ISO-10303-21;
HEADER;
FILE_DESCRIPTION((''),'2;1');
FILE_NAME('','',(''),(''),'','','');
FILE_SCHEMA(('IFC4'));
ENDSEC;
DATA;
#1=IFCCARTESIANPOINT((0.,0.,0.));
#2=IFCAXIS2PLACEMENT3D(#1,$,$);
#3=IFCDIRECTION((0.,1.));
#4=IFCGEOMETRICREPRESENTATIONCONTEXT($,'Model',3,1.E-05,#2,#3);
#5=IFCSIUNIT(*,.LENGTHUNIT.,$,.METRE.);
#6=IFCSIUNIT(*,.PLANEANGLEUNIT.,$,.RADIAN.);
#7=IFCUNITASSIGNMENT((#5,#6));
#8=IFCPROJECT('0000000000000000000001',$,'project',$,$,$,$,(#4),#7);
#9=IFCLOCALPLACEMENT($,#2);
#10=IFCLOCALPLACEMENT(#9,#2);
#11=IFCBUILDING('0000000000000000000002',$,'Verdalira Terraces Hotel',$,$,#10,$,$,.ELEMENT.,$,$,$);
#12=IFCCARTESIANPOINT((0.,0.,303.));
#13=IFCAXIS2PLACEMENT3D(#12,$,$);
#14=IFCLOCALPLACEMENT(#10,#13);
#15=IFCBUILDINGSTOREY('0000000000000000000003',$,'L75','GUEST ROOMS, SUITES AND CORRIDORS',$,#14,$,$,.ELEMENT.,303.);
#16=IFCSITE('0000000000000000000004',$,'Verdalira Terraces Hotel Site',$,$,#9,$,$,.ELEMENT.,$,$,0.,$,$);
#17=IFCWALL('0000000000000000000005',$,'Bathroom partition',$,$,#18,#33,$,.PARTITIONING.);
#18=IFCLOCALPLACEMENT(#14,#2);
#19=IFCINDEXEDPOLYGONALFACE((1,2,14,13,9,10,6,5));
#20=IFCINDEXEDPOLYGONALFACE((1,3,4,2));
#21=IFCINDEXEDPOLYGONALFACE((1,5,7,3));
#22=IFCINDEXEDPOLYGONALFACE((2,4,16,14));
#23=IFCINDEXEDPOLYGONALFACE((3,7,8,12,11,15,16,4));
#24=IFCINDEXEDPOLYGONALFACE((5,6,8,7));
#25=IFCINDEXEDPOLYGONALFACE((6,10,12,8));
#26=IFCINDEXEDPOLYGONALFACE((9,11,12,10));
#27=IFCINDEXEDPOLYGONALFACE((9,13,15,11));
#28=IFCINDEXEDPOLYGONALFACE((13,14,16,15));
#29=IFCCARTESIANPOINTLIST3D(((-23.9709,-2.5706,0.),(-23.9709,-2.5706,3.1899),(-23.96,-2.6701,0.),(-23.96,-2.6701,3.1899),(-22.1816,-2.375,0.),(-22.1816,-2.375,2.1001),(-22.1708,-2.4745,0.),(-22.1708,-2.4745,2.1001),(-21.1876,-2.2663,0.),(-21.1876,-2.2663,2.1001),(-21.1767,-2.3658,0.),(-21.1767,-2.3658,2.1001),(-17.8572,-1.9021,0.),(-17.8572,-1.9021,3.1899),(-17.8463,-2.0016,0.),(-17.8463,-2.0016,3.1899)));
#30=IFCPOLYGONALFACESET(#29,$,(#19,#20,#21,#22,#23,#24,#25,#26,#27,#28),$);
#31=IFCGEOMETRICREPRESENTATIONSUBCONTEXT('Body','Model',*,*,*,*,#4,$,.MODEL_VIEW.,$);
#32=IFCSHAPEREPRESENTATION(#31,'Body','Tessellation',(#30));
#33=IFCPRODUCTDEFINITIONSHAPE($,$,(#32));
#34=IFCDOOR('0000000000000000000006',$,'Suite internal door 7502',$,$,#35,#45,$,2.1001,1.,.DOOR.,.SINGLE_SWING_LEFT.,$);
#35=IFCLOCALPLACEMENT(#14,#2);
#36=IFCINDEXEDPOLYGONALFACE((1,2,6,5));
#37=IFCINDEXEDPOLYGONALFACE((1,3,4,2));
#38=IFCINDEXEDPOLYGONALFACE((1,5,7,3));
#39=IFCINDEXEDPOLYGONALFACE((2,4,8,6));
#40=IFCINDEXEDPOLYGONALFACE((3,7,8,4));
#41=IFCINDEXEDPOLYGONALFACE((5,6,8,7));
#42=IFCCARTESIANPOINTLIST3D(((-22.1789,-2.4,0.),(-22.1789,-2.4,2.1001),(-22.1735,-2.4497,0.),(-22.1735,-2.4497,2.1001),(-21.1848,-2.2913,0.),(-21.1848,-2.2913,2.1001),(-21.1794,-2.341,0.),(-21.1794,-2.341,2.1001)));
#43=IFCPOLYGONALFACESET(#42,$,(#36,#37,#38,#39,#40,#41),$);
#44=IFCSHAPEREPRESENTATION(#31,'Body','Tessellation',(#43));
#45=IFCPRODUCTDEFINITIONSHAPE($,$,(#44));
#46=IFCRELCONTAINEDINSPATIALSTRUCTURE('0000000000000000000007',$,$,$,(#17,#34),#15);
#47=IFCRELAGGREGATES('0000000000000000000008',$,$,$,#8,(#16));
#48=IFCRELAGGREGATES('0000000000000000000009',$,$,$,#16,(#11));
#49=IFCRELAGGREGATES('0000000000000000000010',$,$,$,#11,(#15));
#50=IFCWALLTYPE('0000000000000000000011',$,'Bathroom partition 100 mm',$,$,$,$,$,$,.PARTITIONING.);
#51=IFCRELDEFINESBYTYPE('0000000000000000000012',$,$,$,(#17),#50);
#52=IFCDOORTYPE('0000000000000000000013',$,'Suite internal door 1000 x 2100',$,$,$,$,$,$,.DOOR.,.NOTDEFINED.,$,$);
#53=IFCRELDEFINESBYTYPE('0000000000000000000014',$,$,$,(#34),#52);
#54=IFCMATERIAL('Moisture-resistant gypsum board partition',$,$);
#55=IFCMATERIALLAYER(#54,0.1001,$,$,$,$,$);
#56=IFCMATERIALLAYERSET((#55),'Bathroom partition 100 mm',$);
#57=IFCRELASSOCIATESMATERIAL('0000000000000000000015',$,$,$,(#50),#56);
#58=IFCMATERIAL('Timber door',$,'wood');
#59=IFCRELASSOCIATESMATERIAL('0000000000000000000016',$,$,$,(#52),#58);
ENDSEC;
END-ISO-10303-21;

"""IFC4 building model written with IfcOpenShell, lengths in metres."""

from ifc_helpers import new_model, si_unit, direction, frame, frame_2d, origin, place, context, subcontext, project, spatial, rectangle, extrude, material, layer, layer_set, type_object, element, fill, save


model = new_model("IFC4")

# Units and contexts
model_context = context("Model", 3, precision=1e-05, world=origin(), true_north=direction((0.0, 1.0)))
body_context = subcontext(model_context, "Body", "Model", "MODEL_VIEW")
ifc_project = project(units=[si_unit("LENGTHUNIT", "METRE"), si_unit("PLANEANGLEUNIT", "RADIAN")], contexts=[model_context])

# Site, building, storey
site_placement = place(None, origin())
site = spatial("IfcSite", under=ifc_project, at=site_placement, Name="Verdalira Terraces Hotel Site", CompositionType="ELEMENT", RefElevation=0.0)
building_placement = place(site_placement, origin())
building = spatial("IfcBuilding", under=site, at=building_placement, Name="Verdalira Terraces Hotel", CompositionType="ELEMENT")
storey_placement = place(building_placement, frame((0.0, 0.0, 303.0)))
storey = spatial("IfcBuildingStorey", under=building, at=storey_placement, Name="L75", Description="GUEST ROOMS, SUITES AND CORRIDORS", CompositionType="ELEMENT", Elevation=303.0)

# Wall, opening, door
ifc_material_1 = material(Name="Moisture-resistant gypsum board partition")
ifc_layer_1 = layer(ifc_material_1, 0.1001)
ifc_layer_set_1 = layer_set([ifc_layer_1], Name="Bathroom partition 100 mm")
wall_type_1 = type_object("IfcWallType", Name="Bathroom partition 100 mm", PredefinedType="PARTITIONING", material=ifc_layer_set_1)
wall_1_placement = place(storey_placement, frame((-23.9656, -2.6204, 0.0), z_axis=(0.0, 0.0, 1.0), x_axis=(0.994076, 0.108689, 0.0)))
wall_1 = element("IfcWall", 1, at=wall_1_placement, inside=storey, type_object=wall_type_1, Name="Bathroom partition", PredefinedType="PARTITIONING", context=body_context, shape_type="SweptSolid", body=[
    extrude(rectangle(XDim=6.1501, YDim=0.1001, at=frame_2d((3.0752, 0.0))), origin(), (0.0, 0.0, 1.0), 3.1899),
])
opening_1_placement = place(wall_1_placement, frame((1.8, 0.0, 0.0)))
opening_1 = element("IfcOpeningElement", 2, at=opening_1_placement, cuts=wall_1, PredefinedType="OPENING", context=body_context, shape_type="SweptSolid", body=[
    extrude(rectangle(XDim=1.0, YDim=2.1001, at=frame_2d((0.5, 1.05))), frame((0.0, 0.0601, 0.0), z_axis=(0.0, -1.0, 0.0), x_axis=(1.0, 0.0, 0.0)), (0.0, 0.0, 1.0), 0.1201),
])
ifc_material_2 = material(Name="Timber door", Category="wood")
door_type_1 = type_object("IfcDoorType", Name="Suite internal door 1000 x 2100", OperationType="NOTDEFINED", PredefinedType="DOOR", material=ifc_material_2)
door_1_placement = place(opening_1_placement, origin())
door_1 = element("IfcDoor", 3, at=door_1_placement, inside=storey, type_object=door_type_1, Name="Suite internal door 7502", OperationType="SINGLE_SWING_LEFT", OverallHeight=2.1001, OverallWidth=1.0, PredefinedType="DOOR", context=body_context, shape_type="SweptSolid", body=[
    extrude(rectangle(XDim=1.0, YDim=2.1001, at=frame_2d((0.5, 1.05))), frame((0.0, 0.0249, 0.0), z_axis=(0.0, -1.0, 0.0), x_axis=(1.0, 0.0, 0.0)), (0.0, 0.0, 1.0), 0.05),
])
fill(opening_1, door_1)

save(model, "model.ifc")
